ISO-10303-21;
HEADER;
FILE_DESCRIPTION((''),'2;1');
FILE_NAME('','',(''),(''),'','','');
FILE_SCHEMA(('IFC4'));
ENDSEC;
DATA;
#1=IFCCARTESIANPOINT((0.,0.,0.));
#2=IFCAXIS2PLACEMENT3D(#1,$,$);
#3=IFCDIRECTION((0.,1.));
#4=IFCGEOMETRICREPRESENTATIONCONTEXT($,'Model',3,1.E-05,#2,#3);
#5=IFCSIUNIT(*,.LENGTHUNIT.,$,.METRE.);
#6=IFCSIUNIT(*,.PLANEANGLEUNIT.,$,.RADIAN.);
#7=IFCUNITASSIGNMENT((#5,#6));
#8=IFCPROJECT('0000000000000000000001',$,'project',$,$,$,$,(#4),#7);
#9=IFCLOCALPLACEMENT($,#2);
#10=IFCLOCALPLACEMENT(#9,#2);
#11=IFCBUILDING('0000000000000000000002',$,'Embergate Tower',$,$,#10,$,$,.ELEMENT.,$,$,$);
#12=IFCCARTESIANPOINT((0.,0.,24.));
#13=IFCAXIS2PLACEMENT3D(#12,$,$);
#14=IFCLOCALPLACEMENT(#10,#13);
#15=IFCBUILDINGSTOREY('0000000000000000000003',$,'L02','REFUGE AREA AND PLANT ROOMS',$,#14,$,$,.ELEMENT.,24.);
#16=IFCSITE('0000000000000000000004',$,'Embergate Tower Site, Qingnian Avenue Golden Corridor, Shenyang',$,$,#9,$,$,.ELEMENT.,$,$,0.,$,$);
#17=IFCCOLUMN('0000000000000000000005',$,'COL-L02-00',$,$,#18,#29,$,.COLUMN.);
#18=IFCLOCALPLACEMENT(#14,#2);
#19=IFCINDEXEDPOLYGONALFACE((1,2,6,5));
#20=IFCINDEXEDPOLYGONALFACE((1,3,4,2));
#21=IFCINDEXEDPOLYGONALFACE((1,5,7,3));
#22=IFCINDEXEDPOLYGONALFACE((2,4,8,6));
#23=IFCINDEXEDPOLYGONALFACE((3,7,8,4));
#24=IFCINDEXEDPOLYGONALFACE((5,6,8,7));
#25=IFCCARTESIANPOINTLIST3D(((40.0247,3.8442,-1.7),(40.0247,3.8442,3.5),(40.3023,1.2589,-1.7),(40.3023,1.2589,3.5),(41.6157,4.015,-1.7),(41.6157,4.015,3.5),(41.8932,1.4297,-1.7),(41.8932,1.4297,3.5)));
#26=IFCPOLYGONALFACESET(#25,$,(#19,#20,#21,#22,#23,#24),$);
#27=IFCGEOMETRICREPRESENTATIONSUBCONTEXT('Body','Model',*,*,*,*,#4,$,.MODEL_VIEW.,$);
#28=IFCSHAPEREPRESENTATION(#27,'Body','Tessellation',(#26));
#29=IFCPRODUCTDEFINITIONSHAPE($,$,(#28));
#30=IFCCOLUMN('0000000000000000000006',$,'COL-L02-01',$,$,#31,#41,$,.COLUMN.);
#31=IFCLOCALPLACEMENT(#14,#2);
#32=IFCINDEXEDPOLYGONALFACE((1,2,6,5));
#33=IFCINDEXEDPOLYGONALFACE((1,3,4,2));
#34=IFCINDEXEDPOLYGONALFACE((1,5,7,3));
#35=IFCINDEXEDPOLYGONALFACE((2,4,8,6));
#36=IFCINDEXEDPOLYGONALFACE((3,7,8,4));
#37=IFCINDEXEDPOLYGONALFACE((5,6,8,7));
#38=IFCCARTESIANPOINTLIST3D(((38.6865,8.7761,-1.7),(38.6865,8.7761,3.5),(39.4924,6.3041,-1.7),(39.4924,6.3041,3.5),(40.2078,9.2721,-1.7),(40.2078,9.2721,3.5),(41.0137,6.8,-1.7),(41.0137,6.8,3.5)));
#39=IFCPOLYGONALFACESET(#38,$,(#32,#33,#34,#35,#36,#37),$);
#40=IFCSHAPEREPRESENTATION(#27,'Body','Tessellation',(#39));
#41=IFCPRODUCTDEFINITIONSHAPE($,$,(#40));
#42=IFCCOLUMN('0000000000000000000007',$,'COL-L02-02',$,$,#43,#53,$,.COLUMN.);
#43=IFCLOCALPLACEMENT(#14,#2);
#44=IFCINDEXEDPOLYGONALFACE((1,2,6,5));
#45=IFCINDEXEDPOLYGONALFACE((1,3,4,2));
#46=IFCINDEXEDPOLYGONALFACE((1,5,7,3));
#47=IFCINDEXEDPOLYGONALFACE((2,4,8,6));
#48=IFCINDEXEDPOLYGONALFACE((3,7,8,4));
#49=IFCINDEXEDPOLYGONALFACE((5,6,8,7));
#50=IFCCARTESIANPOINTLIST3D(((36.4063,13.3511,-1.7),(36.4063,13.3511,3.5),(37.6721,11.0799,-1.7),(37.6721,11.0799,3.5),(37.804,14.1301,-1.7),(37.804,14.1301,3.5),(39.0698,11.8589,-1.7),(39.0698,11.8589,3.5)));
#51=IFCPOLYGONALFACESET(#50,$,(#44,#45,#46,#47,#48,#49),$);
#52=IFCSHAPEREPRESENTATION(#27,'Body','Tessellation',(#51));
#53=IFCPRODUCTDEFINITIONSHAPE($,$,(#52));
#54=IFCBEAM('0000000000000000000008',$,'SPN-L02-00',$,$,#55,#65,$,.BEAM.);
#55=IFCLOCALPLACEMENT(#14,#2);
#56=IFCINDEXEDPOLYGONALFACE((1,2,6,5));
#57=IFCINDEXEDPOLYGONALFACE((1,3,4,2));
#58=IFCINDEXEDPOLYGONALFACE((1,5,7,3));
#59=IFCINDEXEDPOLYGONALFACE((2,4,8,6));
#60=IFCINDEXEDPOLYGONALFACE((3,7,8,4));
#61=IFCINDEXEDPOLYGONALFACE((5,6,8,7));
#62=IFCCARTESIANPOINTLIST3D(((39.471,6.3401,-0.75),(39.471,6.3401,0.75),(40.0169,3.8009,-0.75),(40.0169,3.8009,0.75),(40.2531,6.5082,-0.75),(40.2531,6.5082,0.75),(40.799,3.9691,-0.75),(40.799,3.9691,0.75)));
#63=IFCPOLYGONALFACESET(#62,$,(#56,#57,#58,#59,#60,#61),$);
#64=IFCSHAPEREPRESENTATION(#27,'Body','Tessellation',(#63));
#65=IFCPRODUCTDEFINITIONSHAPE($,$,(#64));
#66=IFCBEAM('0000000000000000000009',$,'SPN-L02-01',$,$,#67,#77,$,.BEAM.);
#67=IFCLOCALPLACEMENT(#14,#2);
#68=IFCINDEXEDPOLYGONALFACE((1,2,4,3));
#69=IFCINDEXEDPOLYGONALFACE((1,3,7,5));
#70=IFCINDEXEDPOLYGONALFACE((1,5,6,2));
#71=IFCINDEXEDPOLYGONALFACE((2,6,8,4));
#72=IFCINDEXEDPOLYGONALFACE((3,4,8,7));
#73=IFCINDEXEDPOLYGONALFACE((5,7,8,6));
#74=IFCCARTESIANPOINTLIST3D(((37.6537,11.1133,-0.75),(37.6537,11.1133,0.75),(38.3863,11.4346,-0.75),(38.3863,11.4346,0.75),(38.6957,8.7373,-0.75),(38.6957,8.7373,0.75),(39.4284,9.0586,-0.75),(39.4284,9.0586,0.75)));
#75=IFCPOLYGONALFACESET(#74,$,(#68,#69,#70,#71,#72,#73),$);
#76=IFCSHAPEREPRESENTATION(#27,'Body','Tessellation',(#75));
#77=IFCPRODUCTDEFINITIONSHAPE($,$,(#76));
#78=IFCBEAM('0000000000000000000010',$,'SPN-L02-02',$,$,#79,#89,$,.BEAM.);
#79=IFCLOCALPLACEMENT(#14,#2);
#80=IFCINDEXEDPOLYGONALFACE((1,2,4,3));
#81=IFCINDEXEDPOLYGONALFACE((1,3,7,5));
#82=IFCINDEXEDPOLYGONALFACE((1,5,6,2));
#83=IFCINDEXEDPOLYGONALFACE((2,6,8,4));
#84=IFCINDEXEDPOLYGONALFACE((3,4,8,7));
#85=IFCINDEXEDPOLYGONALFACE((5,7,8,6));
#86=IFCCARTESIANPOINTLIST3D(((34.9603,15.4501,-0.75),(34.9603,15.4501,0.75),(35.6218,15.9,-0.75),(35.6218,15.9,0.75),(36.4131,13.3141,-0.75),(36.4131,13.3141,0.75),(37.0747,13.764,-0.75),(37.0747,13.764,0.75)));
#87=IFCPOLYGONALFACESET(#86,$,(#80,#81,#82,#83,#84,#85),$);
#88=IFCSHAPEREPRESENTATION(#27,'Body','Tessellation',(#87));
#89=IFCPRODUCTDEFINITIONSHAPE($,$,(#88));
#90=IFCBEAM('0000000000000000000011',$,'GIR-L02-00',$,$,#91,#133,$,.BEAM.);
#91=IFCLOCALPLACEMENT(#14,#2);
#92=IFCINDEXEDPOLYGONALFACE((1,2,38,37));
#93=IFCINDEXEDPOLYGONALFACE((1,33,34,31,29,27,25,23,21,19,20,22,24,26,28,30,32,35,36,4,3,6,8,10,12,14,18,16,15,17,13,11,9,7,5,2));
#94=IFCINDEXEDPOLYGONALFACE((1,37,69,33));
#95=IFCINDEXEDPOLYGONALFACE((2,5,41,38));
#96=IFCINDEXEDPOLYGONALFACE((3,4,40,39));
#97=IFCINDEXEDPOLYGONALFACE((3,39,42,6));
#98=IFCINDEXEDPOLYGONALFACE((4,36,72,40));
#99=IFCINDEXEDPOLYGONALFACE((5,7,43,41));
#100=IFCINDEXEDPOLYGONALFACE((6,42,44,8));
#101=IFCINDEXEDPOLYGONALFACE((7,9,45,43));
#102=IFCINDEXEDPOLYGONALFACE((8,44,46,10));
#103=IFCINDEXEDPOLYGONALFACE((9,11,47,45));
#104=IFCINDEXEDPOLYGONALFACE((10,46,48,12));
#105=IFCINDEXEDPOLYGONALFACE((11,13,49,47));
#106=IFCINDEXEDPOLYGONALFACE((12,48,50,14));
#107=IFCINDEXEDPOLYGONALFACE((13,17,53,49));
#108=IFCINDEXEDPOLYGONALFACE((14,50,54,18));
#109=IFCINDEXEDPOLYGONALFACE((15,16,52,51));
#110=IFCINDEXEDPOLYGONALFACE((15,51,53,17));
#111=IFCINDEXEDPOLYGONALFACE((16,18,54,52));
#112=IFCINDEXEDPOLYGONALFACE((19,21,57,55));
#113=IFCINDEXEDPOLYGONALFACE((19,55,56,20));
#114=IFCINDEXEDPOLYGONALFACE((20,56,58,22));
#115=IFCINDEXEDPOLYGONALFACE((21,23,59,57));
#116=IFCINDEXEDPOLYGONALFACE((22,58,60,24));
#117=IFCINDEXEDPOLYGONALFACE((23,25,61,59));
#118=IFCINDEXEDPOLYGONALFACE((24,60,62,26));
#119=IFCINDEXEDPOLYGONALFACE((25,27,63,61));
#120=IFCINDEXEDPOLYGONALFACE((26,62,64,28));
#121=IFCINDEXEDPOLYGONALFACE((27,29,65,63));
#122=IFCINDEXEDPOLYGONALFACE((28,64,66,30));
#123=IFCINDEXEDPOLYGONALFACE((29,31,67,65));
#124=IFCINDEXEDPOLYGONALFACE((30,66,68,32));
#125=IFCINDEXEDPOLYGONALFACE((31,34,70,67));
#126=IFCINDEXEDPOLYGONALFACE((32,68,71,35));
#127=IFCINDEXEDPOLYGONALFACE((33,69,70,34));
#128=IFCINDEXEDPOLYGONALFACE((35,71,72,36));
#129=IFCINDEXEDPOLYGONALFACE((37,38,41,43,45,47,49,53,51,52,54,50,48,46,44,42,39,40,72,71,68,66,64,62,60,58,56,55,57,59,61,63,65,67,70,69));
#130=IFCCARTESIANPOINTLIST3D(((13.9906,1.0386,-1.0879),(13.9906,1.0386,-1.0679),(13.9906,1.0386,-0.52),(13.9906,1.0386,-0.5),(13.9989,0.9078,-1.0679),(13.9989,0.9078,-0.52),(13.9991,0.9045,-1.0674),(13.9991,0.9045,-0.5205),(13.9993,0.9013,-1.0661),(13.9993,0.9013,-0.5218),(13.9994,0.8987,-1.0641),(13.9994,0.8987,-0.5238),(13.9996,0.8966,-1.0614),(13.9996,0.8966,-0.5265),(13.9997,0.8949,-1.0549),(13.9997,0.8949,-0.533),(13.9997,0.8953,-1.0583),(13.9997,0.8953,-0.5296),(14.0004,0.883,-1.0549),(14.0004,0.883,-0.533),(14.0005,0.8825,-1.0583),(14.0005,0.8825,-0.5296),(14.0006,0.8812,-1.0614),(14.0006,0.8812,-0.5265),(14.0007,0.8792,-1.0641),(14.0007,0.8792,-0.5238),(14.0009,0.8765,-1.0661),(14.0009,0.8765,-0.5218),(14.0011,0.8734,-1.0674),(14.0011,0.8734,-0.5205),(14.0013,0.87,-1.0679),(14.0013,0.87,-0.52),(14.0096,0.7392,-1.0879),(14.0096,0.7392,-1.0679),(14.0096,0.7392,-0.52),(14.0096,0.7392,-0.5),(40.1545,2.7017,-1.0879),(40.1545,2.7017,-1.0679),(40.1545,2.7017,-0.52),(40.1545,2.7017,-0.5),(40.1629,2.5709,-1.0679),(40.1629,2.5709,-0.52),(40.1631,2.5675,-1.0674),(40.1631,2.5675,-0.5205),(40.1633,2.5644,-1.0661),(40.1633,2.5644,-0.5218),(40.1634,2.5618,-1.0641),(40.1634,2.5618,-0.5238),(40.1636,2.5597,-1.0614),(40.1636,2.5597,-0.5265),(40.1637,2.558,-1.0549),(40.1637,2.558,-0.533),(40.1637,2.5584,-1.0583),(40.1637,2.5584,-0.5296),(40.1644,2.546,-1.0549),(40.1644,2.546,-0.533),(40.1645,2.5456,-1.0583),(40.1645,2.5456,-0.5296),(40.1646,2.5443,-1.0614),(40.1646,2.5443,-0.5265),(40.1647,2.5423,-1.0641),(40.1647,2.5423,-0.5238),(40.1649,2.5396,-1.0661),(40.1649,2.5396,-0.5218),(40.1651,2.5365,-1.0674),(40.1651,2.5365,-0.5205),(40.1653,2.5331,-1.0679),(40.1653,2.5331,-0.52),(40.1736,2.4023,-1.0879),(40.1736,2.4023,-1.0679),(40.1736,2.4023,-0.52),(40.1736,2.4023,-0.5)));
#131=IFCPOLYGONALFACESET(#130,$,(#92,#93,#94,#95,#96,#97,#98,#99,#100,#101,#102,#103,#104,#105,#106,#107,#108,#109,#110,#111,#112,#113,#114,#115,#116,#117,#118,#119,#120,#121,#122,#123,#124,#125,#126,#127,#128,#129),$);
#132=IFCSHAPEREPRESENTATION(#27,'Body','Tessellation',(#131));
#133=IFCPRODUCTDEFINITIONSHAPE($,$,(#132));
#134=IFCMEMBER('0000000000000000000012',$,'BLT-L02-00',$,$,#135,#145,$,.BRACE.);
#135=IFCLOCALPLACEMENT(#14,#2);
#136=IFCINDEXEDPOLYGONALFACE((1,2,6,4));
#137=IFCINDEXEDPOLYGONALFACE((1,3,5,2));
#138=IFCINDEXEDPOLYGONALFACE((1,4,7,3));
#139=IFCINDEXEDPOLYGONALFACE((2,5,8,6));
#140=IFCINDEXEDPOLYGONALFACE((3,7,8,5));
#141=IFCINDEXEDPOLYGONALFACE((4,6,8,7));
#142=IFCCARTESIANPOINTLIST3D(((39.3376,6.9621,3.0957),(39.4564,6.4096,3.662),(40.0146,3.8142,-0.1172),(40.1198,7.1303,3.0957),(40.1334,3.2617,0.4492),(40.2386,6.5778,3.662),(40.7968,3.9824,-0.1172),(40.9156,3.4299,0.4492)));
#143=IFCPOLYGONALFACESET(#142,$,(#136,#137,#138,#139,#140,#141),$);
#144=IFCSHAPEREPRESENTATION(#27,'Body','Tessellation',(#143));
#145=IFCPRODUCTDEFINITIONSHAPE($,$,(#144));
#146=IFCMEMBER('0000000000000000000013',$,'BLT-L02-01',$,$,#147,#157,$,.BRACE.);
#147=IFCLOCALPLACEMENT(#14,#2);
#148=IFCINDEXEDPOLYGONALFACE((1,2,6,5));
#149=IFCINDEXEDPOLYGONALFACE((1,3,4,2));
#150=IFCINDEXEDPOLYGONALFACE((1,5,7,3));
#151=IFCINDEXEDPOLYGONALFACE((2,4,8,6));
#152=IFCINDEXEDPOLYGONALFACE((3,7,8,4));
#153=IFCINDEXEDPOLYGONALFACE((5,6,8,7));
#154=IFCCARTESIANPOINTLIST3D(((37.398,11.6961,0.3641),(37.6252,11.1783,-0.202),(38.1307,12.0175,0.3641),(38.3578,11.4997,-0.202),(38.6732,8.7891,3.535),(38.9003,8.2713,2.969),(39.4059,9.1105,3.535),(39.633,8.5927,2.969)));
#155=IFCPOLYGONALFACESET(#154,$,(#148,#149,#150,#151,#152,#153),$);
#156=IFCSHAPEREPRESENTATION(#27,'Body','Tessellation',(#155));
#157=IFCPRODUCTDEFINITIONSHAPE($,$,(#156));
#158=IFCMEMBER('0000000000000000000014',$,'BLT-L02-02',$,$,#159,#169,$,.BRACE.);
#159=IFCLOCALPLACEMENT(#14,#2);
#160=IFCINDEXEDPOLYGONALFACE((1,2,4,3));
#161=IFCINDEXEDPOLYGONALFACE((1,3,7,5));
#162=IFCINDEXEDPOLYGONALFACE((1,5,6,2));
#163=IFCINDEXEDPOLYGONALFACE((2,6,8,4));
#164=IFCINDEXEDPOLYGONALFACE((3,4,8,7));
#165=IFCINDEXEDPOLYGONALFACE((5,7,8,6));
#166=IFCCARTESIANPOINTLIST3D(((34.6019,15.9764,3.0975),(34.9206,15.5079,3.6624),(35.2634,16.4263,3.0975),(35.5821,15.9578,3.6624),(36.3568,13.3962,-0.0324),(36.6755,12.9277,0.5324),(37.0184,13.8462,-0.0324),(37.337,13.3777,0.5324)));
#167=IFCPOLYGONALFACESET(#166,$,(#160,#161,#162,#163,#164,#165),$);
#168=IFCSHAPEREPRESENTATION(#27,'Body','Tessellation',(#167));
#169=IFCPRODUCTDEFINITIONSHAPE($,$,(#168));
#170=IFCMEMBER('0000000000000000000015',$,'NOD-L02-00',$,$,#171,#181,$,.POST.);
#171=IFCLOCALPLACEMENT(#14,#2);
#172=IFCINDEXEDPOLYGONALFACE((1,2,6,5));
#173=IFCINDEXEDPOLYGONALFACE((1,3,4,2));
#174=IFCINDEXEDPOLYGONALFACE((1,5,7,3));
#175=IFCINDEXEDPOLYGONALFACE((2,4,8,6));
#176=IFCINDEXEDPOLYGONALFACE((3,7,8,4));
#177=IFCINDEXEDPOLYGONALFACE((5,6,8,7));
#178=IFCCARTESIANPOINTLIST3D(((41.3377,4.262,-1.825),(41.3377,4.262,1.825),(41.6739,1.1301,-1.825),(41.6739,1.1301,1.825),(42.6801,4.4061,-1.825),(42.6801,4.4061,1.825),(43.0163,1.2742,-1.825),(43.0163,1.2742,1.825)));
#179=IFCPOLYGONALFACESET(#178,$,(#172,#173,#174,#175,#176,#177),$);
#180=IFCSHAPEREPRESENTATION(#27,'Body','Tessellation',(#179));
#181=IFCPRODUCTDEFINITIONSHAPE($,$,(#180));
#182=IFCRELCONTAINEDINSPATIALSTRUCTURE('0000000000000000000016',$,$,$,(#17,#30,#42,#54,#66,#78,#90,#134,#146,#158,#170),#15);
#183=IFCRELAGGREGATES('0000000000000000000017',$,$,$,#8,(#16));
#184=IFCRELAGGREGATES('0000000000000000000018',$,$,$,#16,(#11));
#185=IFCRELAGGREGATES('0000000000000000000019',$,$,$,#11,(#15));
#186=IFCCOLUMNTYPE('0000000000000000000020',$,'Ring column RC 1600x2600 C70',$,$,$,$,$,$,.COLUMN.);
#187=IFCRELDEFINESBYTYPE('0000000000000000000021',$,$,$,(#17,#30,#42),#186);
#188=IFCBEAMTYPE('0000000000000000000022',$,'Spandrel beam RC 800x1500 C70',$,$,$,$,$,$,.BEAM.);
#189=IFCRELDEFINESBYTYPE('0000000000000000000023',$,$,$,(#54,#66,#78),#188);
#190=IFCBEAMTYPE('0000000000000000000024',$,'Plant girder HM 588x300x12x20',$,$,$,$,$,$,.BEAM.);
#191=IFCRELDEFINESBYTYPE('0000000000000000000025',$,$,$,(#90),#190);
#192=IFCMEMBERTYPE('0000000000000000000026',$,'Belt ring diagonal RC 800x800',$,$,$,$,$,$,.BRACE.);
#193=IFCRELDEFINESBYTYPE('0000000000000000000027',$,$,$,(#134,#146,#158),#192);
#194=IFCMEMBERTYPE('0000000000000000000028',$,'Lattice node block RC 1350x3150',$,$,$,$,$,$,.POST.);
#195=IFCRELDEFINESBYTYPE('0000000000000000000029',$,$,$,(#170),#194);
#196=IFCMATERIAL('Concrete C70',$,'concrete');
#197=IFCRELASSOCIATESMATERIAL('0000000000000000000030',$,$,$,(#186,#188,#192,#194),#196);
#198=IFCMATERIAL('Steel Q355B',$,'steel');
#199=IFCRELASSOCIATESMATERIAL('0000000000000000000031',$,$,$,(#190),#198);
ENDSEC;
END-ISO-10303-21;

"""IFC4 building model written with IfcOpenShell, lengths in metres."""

from ifc_helpers import new_model, si_unit, direction, frame, origin, origin_2d, place, context, subcontext, project, spatial, rectangle, i_section, extrude, source, transform, mapped, material, material_profile, profile_set, type_object, element, save


model = new_model("IFC4")

# Units and contexts
model_context = context("Model", 3, precision=1e-05, world=origin(), true_north=direction((0.0, 1.0)))
body_context = subcontext(model_context, "Body", "Model", "MODEL_VIEW")
ifc_project = project(units=[si_unit("LENGTHUNIT", "METRE"), si_unit("PLANEANGLEUNIT", "RADIAN")], contexts=[model_context])

# Site, building, storey
site_placement = place(None, origin())
site = spatial("IfcSite", under=ifc_project, at=site_placement, Name="Embergate Tower Site, Qingnian Avenue Golden Corridor, Shenyang", CompositionType="ELEMENT", RefElevation=0.0)
building_placement = place(site_placement, origin())
building = spatial("IfcBuilding", under=site, at=building_placement, Name="Embergate Tower", CompositionType="ELEMENT")
storey_placement = place(building_placement, frame((0.0, 0.0, 24.0)))
storey = spatial("IfcBuildingStorey", under=building, at=storey_placement, Name="L02", Description="REFUGE AREA AND PLANT ROOMS", CompositionType="ELEMENT", Elevation=24.0)

# Columns
ifc_material_1 = material(Name="Concrete C70", Category="concrete")
ifc_material_profile_1 = material_profile(ifc_material_1, rectangle(XDim=1.6001, YDim=2.6001, at=origin_2d()), Name="RC 1600x2600")
ifc_profile_set_1 = profile_set([ifc_material_profile_1], Name="Concrete C70")
column_type = type_object("IfcColumnType", Name="Ring column RC 1600x2600 C70", PredefinedType="COLUMN", material=ifc_profile_set_1)
shared_shape_1 = source(origin(), body_context, "Body", "SweptSolid", [
    extrude(rectangle(XDim=1.6001, YDim=2.6001, at=origin_2d()), origin(), (0.0, 0.0, 1.0), 5.2),
])
for number, where, z_axis, x_axis, name in (
    (1, (40.959, 2.637, -1.7), (0.0, 0.0, 1.0), (0.994286, 0.10675, 0.0), "COL-L02-00"),
    (2, (39.8501, 7.7881, -1.7), (0.0, 0.0, 1.0), (0.950754, 0.309946, 0.0), "COL-L02-01"),
    (3, (37.738, 12.605, -1.7), (0.0, 0.0, 1.0), (0.873492, 0.486839, 0.0), "COL-L02-02"),
):
    element("IfcColumn", number, at=place(storey_placement, frame(where, z_axis=z_axis, x_axis=x_axis)), inside=storey, type_object=column_type, Name=name, PredefinedType="COLUMN", context=body_context, shape_type="MappedRepresentation", body=[
        mapped(shared_shape_1, transform((0.0, 0.0, 0.0))),
    ])

# Beams
ifc_material_profile_2 = material_profile(ifc_material_1, rectangle(XDim=0.8, YDim=1.5, at=origin_2d()), Name="RC 800x1500")
ifc_profile_set_2 = profile_set([ifc_material_profile_2], Name="Concrete C70")
beam_type_1 = type_object("IfcBeamType", Name="Spandrel beam RC 800x1500 C70", PredefinedType="BEAM", material=ifc_profile_set_2)
shared_shape_2 = source(origin(), body_context, "Body", "SweptSolid", [
    extrude(rectangle(XDim=0.8, YDim=1.5, at=origin_2d()), origin(), (0.0, 0.0, 1.0), 2.5972),
])
beam_1_placement = place(storey_placement, frame((40.408, 3.885, 0.0), z_axis=(-0.210197, 0.977659, 0.0), x_axis=(-0.977659, -0.210197, 0.0)))
element("IfcBeam", 4, at=beam_1_placement, inside=storey, type_object=beam_type_1, Name="SPN-L02-00", PredefinedType="BEAM", context=body_context, shape_type="MappedRepresentation", body=[
    mapped(shared_shape_2, transform((0.0, 0.0, 0.0))),
])
shared_shape_3 = source(origin(), body_context, "Body", "SweptSolid", [
    extrude(rectangle(XDim=0.8, YDim=1.5, at=origin_2d()), origin(), (0.0, 0.0, 1.0), 2.5945),
])
beam_2_placement = place(storey_placement, frame((39.062, 8.8979, 0.0), z_axis=(-0.401628, 0.915803, 0.0), x_axis=(-0.915803, -0.401628, 0.0)))
element("IfcBeam", 5, at=beam_2_placement, inside=storey, type_object=beam_type_1, Name="SPN-L02-01", PredefinedType="BEAM", context=body_context, shape_type="MappedRepresentation", body=[
    mapped(shared_shape_3, transform((0.0, 0.0, 0.0))),
])
shared_shape_4 = source(origin(), body_context, "Body", "SweptSolid", [
    extrude(rectangle(XDim=0.8, YDim=1.5, at=origin_2d()), origin(), (0.0, 0.0, 1.0), 2.5833),
])
beam_3_placement = place(storey_placement, frame((36.7439, 13.5391, 0.0), z_axis=(-0.562419, 0.826853, 0.0), x_axis=(-0.826853, -0.562419, 0.0)))
element("IfcBeam", 6, at=beam_3_placement, inside=storey, type_object=beam_type_1, Name="SPN-L02-02", PredefinedType="BEAM", context=body_context, shape_type="MappedRepresentation", body=[
    mapped(shared_shape_4, transform((0.0, 0.0, 0.0))),
])
ifc_material_2 = material(Name="Steel Q355B", Category="steel")
ifc_material_profile_3 = material_profile(ifc_material_2, i_section(OverallWidth=0.3, OverallDepth=0.5879, WebThickness=0.012, FlangeThickness=0.02, FilletRadius=0.0129, at=origin_2d()), Name="HM 588x300x12x20")
ifc_profile_set_3 = profile_set([ifc_material_profile_3], Name="Steel Q355 grade B")
beam_type_2 = type_object("IfcBeamType", Name="Plant girder HM 588x300x12x20", PredefinedType="BEAM", material=ifc_profile_set_3)
shared_shape_5 = source(origin(), body_context, "Body", "SweptSolid", [
    extrude(i_section(OverallWidth=0.3, OverallDepth=0.5879, WebThickness=0.012, FlangeThickness=0.02, FilletRadius=0.0129, at=origin_2d()), origin(), (0.0, 0.0, 1.0), 26.2168),
])
beam_4_placement = place(storey_placement, frame((40.1641, 2.552, -0.7939), z_axis=(-0.997986, -0.063436, 0.0), x_axis=(0.063436, -0.997986, 0.0)))
element("IfcBeam", 7, at=beam_4_placement, inside=storey, type_object=beam_type_2, Name="GIR-L02-00", PredefinedType="BEAM", context=body_context, shape_type="MappedRepresentation", body=[
    mapped(shared_shape_5, transform((0.0, 0.0, 0.0))),
])

# Members
ifc_material_profile_4 = material_profile(ifc_material_1, rectangle(XDim=0.8, YDim=0.8, at=origin_2d()), Name="RC 800x800")
ifc_profile_set_4 = profile_set([ifc_material_profile_4], Name="Concrete C70")
member_type_1 = type_object("IfcMemberType", Name="Belt ring diagonal RC 800x800", PredefinedType="BRACE", material=ifc_profile_set_4)
shared_shape_6 = source(origin(), body_context, "Body", "SweptSolid", [
    extrude(rectangle(XDim=0.8, YDim=0.8, at=origin_2d()), origin(), (0.0, 0.0, 1.0), 4.5486),
])
member_1_placement = place(storey_placement, frame((40.4651, 3.6221, 0.166), z_axis=(-0.148834, 0.692056, 0.706333), x_axis=(-0.977647, -0.210254, 0.0)))
element("IfcMember", 8, at=member_1_placement, inside=storey, type_object=member_type_1, Name="BLT-L02-00", PredefinedType="BRACE", context=body_context, shape_type="MappedRepresentation", body=[
    mapped(shared_shape_6, transform((0.0, 0.0, 0.0))),
])
shared_shape_7 = source(origin(), body_context, "Body", "SweptSolid", [
    extrude(rectangle(XDim=0.8, YDim=0.8, at=origin_2d()), origin(), (0.0, 0.0, 1.0), 4.4868),
])
member_2_placement = place(storey_placement, frame((37.8779, 11.5979, 0.0811), z_axis=(0.284201, -0.6479, 0.706721), x_axis=(0.91577, 0.401702, 0.0)))
element("IfcMember", 9, at=member_2_placement, inside=storey, type_object=member_type_1, Name="BLT-L02-01", PredefinedType="BRACE", context=body_context, shape_type="MappedRepresentation", body=[
    mapped(shared_shape_7, transform((0.0, 0.0, 0.0))),
])
shared_shape_8 = source(origin(), body_context, "Body", "SweptSolid", [
    extrude(rectangle(XDim=0.8, YDim=0.8, at=origin_2d()), origin(), (0.0, 0.0, 1.0), 4.4197),
])
member_3_placement = place(storey_placement, frame((36.8469, 13.387, 0.25), z_axis=(-0.397071, 0.583785, 0.708187), x_axis=(-0.826862, -0.562404, 0.0)))
element("IfcMember", 10, at=member_3_placement, inside=storey, type_object=member_type_1, Name="BLT-L02-02", PredefinedType="BRACE", context=body_context, shape_type="MappedRepresentation", body=[
    mapped(shared_shape_8, transform((0.0, 0.0, 0.0))),
])
ifc_material_profile_5 = material_profile(ifc_material_1, rectangle(XDim=1.3501, YDim=3.1499, at=origin_2d()), Name="RC 1350x3150")
ifc_profile_set_5 = profile_set([ifc_material_profile_5], Name="Concrete C70")
member_type_2 = type_object("IfcMemberType", Name="Lattice node block RC 1350x3150", PredefinedType="POST", material=ifc_profile_set_5)
shared_shape_9 = source(origin(), body_context, "Body", "SweptSolid", [
    extrude(rectangle(XDim=1.3501, YDim=3.1499, at=origin_2d()), origin(), (0.0, 0.0, 1.0), 3.6499),
])
member_4_placement = place(storey_placement, frame((42.177, 2.7681, -1.825), z_axis=(0.0, 0.0, 1.0), x_axis=(0.994286, 0.10675, 0.0)))
element("IfcMember", 11, at=member_4_placement, inside=storey, type_object=member_type_2, Name="NOD-L02-00", PredefinedType="POST", context=body_context, shape_type="MappedRepresentation", body=[
    mapped(shared_shape_9, transform((0.0, 0.0, 0.0))),
])

save(model, "model.ifc")
